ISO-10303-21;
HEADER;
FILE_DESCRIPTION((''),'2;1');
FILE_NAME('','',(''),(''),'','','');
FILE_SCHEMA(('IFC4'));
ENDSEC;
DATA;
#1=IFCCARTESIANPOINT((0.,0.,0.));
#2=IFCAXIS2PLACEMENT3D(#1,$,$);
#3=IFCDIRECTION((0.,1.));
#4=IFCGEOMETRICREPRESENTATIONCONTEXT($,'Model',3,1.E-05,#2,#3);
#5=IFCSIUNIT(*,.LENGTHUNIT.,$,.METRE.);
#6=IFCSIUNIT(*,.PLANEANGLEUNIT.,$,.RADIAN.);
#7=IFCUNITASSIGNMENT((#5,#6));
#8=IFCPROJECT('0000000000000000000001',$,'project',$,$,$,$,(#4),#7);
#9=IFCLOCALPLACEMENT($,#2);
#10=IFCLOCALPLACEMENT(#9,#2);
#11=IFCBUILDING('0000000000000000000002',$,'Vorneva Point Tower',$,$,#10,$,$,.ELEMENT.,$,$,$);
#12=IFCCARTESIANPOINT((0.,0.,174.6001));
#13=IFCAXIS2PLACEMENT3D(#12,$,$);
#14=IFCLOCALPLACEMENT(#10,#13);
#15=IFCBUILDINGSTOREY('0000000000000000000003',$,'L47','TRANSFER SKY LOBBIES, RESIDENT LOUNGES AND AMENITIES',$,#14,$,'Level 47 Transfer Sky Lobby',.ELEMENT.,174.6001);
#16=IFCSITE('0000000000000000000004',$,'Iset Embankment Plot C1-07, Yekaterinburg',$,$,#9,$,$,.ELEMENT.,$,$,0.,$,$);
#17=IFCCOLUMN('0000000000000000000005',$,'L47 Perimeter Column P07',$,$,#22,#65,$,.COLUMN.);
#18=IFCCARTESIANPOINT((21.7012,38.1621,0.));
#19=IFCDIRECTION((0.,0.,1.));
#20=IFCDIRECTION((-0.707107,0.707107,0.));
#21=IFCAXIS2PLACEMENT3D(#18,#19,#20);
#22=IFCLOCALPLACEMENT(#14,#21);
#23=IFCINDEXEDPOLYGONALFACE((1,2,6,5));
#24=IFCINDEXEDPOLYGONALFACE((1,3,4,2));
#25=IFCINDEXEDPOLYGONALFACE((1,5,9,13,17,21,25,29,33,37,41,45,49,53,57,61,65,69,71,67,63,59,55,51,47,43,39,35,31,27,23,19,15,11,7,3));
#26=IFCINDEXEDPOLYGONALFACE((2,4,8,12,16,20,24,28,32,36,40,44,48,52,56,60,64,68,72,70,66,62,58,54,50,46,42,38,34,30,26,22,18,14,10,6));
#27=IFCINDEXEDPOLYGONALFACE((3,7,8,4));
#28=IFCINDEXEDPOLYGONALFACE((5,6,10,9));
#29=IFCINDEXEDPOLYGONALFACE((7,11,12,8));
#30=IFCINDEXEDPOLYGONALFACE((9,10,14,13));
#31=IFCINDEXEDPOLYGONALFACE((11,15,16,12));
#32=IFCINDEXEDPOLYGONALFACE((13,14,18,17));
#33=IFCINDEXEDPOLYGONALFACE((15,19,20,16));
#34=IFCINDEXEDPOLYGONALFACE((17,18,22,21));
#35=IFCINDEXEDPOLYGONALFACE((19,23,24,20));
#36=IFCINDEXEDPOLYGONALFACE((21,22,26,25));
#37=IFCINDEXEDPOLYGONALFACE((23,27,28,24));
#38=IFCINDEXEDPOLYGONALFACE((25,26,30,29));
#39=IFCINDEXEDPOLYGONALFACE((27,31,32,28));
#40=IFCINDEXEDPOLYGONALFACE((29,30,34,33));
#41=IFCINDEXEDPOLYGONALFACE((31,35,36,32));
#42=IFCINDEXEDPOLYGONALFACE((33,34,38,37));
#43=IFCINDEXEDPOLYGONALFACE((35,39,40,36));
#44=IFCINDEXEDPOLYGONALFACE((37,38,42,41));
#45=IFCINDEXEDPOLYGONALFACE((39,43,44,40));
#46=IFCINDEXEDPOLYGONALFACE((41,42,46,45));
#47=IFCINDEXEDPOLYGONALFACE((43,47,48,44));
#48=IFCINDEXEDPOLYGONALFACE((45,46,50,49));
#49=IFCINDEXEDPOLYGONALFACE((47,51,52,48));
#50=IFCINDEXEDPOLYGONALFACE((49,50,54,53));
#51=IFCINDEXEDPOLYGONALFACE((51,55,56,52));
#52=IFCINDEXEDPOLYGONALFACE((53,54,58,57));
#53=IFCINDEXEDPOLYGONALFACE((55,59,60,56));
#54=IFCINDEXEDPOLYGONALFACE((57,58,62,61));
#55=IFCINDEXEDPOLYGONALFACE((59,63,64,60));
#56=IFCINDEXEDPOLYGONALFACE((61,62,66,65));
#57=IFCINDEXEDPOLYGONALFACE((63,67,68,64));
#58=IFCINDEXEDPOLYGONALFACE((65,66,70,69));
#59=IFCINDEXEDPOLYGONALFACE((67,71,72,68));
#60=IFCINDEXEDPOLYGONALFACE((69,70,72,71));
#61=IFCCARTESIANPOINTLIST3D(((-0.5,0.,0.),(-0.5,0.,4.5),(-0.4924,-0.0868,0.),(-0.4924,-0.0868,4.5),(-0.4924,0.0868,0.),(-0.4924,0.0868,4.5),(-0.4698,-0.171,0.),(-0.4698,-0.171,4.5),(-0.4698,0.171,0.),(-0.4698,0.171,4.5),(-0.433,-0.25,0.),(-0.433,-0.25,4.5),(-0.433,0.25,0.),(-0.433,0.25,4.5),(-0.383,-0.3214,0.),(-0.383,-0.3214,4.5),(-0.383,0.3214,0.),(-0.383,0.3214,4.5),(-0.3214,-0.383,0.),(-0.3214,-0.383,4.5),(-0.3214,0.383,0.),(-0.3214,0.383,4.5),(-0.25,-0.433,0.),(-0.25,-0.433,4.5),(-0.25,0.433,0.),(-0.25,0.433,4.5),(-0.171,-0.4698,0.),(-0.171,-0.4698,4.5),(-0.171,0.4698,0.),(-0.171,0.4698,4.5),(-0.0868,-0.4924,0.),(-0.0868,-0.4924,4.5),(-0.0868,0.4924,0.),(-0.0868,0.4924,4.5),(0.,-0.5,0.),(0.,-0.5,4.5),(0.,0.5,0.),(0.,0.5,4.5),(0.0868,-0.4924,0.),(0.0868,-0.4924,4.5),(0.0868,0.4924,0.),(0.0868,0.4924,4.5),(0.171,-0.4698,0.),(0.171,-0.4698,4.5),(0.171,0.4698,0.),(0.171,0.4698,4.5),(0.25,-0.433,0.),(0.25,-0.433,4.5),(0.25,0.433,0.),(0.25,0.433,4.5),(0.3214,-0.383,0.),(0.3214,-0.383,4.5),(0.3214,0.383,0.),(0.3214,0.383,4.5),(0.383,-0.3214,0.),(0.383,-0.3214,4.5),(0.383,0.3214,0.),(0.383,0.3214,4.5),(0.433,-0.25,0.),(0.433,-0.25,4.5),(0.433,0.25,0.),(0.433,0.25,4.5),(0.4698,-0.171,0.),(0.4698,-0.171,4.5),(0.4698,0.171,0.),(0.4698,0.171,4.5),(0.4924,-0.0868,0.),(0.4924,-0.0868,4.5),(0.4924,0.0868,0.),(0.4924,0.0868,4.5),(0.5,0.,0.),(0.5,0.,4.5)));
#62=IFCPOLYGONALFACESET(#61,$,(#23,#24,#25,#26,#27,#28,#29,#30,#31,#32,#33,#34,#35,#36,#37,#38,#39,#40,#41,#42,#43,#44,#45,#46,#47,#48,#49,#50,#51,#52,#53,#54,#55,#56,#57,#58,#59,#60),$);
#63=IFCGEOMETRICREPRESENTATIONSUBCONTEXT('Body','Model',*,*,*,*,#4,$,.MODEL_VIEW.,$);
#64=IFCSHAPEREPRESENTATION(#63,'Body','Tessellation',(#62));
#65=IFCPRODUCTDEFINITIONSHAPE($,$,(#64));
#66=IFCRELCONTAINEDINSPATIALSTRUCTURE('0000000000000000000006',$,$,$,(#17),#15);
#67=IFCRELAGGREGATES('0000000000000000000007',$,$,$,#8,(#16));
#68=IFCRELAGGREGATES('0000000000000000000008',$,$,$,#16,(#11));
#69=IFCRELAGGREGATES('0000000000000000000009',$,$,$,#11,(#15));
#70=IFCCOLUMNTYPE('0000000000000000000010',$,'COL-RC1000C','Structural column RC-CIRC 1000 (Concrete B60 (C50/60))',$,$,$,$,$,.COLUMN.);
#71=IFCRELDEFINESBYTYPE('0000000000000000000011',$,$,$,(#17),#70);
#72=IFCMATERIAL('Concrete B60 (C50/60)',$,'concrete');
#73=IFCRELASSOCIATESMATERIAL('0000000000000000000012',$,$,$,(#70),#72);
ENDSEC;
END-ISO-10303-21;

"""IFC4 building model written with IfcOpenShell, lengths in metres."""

from ifc_helpers import new_model, si_unit, direction, frame, origin, origin_2d, place, context, subcontext, project, spatial, circle, extrude, material, material_profile, profile_set, type_object, element, save


model = new_model("IFC4")

# Units and contexts
model_context = context("Model", 3, precision=1e-05, world=origin(), true_north=direction((0.0, 1.0)))
body_context = subcontext(model_context, "Body", "Model", "MODEL_VIEW")
ifc_project = project(units=[si_unit("LENGTHUNIT", "METRE"), si_unit("PLANEANGLEUNIT", "RADIAN")], contexts=[model_context])

# Site, building, storey
site_placement = place(None, origin())
site = spatial("IfcSite", under=ifc_project, at=site_placement, Name="Iset Embankment Plot C1-07, Yekaterinburg", CompositionType="ELEMENT", RefElevation=0.0)
building_placement = place(site_placement, origin())
building = spatial("IfcBuilding", under=site, at=building_placement, Name="Vorneva Point Tower", CompositionType="ELEMENT")
storey_placement = place(building_placement, frame((0.0, 0.0, 174.6001)))
storey = spatial("IfcBuildingStorey", under=building, at=storey_placement, Name="L47", Description="TRANSFER SKY LOBBIES, RESIDENT LOUNGES AND AMENITIES", LongName="Level 47 Transfer Sky Lobby", CompositionType="ELEMENT", Elevation=174.6001)

# Column
ifc_material_1 = material(Name="Concrete B60 (C50/60)", Category="concrete")
ifc_material_profile_1 = material_profile(ifc_material_1, circle(Radius=0.5, at=origin_2d()), Name="RC-CIRC 1000")
ifc_profile_set_1 = profile_set([ifc_material_profile_1], Name="Concrete B60 (C50/60)")
column_type_1 = type_object("IfcColumnType", Name="COL-RC1000C", Description="Structural column RC-CIRC 1000 (Concrete B60 (C50/60))", PredefinedType="COLUMN", material=ifc_profile_set_1)
column_placement = place(storey_placement, frame((21.7012, 38.1621, 0.0), z_axis=(0.0, 0.0, 1.0), x_axis=(-0.707107, 0.707107, 0.0)))
element("IfcColumn", 1, at=column_placement, inside=storey, type_object=column_type_1, Name="L47 Perimeter Column P07", PredefinedType="COLUMN", context=body_context, shape_type="SweptSolid", body=[
    extrude(circle(Radius=0.5, at=origin_2d()), origin(), (0.0, 0.0, 1.0), 4.5),
])

save(model, "model.ifc")
